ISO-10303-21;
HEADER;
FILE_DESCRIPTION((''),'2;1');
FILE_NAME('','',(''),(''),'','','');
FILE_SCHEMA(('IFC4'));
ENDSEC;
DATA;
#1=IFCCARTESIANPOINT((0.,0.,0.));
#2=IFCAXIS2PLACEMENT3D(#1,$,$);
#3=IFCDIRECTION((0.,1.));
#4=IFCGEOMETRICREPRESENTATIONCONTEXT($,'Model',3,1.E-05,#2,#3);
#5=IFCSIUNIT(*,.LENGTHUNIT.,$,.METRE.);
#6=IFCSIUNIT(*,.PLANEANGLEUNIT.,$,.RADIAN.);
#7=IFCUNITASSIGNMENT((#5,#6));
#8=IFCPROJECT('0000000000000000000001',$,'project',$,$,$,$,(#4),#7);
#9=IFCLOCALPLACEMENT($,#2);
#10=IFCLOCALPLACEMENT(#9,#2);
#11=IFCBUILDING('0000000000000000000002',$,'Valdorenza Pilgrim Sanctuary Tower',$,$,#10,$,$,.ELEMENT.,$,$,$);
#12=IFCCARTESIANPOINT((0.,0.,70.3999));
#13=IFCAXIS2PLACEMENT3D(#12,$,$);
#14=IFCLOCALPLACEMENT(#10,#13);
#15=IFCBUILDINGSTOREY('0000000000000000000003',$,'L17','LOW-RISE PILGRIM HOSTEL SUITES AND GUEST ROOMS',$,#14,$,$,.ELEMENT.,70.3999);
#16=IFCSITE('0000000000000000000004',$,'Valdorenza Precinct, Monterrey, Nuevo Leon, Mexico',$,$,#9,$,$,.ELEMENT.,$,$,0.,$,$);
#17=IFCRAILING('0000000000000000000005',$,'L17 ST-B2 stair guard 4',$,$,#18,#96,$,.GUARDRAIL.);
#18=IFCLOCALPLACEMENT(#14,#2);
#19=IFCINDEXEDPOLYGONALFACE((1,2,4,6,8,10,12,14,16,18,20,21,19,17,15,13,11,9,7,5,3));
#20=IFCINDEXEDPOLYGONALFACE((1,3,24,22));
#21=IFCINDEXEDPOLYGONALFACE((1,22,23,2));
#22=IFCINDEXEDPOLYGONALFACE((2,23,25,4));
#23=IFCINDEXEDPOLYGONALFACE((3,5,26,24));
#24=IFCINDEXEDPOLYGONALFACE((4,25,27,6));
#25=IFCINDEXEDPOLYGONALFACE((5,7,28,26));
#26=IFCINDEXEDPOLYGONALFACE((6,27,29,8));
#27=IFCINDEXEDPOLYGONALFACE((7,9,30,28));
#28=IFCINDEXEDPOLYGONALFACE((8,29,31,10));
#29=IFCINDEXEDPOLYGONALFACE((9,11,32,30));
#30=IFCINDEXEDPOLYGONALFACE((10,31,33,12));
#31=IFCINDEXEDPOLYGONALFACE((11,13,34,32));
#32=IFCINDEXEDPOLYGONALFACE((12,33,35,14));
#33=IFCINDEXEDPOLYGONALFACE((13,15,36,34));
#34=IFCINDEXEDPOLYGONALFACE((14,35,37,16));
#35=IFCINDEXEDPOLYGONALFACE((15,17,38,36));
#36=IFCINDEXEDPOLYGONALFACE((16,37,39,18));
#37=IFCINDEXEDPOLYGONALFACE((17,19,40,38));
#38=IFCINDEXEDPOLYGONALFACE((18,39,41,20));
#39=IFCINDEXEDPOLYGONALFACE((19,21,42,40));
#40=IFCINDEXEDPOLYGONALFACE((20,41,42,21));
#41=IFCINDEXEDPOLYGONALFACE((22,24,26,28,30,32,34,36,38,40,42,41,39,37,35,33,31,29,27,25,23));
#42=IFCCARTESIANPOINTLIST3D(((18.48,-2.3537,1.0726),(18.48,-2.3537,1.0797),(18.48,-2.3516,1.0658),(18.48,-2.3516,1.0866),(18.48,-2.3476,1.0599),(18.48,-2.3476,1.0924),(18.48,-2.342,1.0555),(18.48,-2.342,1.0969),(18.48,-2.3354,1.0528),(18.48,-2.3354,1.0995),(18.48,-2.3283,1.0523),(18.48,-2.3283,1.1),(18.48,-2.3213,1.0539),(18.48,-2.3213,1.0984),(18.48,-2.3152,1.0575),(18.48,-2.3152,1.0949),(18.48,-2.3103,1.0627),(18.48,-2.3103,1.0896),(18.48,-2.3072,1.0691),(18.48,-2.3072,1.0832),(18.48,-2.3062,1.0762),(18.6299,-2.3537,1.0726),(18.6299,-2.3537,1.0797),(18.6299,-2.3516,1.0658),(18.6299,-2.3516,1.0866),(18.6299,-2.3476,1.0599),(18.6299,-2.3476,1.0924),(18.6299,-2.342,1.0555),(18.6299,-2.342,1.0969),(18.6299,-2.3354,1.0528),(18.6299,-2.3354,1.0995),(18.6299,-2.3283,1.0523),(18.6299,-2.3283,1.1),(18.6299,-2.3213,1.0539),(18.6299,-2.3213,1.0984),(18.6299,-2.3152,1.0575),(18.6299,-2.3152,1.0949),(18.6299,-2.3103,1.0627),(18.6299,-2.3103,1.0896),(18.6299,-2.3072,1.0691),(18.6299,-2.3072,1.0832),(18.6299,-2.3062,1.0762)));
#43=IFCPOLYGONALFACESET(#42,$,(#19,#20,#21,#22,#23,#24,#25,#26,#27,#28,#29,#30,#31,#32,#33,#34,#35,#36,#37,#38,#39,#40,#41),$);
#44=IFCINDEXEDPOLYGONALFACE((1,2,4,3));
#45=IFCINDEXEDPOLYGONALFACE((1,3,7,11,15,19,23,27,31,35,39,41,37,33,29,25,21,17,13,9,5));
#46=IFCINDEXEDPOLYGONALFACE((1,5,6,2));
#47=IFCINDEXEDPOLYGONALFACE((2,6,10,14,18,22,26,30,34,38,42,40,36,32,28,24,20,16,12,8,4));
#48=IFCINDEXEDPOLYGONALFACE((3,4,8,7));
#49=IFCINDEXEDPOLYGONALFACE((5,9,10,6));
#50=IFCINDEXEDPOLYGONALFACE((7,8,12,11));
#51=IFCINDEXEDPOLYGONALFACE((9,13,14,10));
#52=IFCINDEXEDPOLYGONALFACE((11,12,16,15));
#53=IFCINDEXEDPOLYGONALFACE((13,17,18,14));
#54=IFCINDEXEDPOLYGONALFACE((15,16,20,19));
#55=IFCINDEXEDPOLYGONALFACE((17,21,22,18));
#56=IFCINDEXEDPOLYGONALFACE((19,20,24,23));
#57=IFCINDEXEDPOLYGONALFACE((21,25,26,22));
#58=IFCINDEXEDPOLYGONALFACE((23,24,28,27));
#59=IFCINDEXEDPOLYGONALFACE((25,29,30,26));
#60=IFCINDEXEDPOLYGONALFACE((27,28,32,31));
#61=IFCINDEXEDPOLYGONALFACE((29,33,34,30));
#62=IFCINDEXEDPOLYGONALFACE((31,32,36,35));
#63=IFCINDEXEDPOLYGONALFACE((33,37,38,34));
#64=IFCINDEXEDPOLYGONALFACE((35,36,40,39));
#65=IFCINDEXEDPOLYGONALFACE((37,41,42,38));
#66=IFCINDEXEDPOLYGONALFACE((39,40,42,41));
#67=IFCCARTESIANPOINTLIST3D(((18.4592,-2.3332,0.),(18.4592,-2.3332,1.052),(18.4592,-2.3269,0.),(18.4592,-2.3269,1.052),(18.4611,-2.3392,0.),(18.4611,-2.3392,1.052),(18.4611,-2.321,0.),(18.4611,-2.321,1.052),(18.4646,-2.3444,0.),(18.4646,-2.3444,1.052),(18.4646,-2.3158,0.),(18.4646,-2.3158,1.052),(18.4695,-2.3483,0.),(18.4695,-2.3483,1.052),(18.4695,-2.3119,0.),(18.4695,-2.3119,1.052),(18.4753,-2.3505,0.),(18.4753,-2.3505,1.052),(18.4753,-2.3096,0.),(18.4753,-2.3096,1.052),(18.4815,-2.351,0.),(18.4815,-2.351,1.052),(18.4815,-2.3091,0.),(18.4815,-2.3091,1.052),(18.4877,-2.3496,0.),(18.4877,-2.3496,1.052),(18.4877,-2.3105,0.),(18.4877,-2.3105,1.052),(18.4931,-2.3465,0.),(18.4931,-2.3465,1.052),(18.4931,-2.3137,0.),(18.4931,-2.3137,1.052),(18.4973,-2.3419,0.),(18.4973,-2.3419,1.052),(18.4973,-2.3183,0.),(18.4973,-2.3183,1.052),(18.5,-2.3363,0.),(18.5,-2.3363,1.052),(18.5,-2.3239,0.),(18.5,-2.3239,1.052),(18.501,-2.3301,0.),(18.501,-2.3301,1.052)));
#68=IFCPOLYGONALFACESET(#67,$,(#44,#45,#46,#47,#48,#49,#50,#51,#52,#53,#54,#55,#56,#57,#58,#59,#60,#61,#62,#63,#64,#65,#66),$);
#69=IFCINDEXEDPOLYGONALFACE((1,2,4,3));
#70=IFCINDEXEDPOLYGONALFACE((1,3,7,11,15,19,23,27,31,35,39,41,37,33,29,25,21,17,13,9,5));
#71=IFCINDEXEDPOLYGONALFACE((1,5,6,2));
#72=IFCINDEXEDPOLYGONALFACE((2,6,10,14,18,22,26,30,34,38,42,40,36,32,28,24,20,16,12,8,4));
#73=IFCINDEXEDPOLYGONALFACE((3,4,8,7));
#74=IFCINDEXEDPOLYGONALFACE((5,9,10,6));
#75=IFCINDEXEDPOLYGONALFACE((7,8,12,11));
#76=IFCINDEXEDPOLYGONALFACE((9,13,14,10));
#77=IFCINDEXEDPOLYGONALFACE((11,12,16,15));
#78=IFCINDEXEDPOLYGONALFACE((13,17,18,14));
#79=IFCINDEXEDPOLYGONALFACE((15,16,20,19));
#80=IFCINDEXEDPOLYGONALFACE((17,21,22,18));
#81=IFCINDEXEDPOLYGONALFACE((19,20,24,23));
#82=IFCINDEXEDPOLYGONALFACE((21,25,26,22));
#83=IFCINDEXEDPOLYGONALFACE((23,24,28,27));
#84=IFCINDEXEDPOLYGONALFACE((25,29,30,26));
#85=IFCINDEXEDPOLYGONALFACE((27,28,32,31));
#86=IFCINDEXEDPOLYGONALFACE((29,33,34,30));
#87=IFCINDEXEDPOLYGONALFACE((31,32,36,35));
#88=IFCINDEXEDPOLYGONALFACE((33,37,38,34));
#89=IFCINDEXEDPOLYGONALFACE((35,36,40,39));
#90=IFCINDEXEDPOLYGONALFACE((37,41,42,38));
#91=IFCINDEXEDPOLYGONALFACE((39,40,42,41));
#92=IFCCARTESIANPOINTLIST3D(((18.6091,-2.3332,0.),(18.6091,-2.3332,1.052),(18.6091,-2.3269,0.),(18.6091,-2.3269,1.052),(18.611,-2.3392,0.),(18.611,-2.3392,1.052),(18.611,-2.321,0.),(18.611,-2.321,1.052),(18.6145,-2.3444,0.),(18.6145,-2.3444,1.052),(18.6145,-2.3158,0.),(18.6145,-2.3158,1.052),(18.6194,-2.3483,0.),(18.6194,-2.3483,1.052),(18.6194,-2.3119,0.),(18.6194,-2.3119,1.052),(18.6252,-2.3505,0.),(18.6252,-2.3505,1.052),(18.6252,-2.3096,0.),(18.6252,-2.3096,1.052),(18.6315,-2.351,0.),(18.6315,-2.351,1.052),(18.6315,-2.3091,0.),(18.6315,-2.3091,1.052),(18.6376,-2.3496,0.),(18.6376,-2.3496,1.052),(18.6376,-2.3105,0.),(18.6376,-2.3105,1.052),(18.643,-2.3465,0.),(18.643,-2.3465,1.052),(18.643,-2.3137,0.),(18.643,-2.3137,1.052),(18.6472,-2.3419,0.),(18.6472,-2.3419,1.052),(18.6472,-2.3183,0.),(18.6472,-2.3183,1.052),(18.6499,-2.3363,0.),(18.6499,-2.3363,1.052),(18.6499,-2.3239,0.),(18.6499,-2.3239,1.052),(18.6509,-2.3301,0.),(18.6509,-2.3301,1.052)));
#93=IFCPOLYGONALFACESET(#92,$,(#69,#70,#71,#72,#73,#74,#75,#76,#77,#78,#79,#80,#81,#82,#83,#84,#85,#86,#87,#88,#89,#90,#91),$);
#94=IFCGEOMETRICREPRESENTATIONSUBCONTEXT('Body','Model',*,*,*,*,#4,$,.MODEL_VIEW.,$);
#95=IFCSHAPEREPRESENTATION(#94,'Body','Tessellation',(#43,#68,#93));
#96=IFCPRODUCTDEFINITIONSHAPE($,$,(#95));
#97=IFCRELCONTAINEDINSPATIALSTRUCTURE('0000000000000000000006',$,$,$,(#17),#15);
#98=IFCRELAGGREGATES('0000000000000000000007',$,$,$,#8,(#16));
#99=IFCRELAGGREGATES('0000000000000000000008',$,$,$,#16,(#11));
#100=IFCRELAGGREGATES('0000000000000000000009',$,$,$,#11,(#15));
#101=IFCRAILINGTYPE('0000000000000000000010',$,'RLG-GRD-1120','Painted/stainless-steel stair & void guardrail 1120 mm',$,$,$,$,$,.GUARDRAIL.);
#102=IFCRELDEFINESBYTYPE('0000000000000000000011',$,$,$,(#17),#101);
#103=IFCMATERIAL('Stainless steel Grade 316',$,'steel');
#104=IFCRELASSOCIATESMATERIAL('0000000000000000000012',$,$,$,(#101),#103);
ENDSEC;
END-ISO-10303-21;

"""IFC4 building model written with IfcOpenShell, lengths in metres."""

from ifc_helpers import new_model, si_unit, direction, frame, origin, origin_2d, place, context, subcontext, project, spatial, circle, extrude, material, type_object, element, save


model = new_model("IFC4")

# Units and contexts
model_context = context("Model", 3, precision=1e-05, world=origin(), true_north=direction((0.0, 1.0)))
body_context = subcontext(model_context, "Body", "Model", "MODEL_VIEW")
ifc_project = project(units=[si_unit("LENGTHUNIT", "METRE"), si_unit("PLANEANGLEUNIT", "RADIAN")], contexts=[model_context])

# Site, building, storey
site_placement = place(None, origin())
site = spatial("IfcSite", under=ifc_project, at=site_placement, Name="Valdorenza Precinct, Monterrey, Nuevo Leon, Mexico", CompositionType="ELEMENT", RefElevation=0.0)
building_placement = place(site_placement, origin())
building = spatial("IfcBuilding", under=site, at=building_placement, Name="Valdorenza Pilgrim Sanctuary Tower", CompositionType="ELEMENT")
storey_placement = place(building_placement, frame((0.0, 0.0, 70.3999)))
storey = spatial("IfcBuildingStorey", under=building, at=storey_placement, Name="L17", Description="LOW-RISE PILGRIM HOSTEL SUITES AND GUEST ROOMS", CompositionType="ELEMENT", Elevation=70.3999)

# Railing
ifc_material_1 = material(Name="Stainless steel Grade 316", Category="steel")
railing_type_1 = type_object("IfcRailingType", Name="RLG-GRD-1120", Description="Painted/stainless-steel stair & void guardrail 1120 mm", PredefinedType="GUARDRAIL", material=ifc_material_1)
railing_1_placement = place(storey_placement, frame((18.48, -2.3301, 0.0)))
element("IfcRailing", 1, at=railing_1_placement, inside=storey, type_object=railing_type_1, Name="L17 ST-B2 stair guard 4", PredefinedType="GUARDRAIL", context=body_context, shape_type="SweptSolid", body=[
    extrude(circle(Radius=0.0239, at=origin_2d()), frame((0.0, 0.0, 1.0762), z_axis=(1.0, 0.0, 0.0), x_axis=(0.0, 1.0, 0.0)), (0.0, 0.0, 1.0), 0.1499),
    extrude(circle(Radius=0.021, at=origin_2d()), origin(), (0.0, 0.0, 1.0), 1.052),
    extrude(circle(Radius=0.021, at=origin_2d()), frame((0.1499, 0.0, 0.0)), (0.0, 0.0, 1.0), 1.052),
])

save(model, "model.ifc")
